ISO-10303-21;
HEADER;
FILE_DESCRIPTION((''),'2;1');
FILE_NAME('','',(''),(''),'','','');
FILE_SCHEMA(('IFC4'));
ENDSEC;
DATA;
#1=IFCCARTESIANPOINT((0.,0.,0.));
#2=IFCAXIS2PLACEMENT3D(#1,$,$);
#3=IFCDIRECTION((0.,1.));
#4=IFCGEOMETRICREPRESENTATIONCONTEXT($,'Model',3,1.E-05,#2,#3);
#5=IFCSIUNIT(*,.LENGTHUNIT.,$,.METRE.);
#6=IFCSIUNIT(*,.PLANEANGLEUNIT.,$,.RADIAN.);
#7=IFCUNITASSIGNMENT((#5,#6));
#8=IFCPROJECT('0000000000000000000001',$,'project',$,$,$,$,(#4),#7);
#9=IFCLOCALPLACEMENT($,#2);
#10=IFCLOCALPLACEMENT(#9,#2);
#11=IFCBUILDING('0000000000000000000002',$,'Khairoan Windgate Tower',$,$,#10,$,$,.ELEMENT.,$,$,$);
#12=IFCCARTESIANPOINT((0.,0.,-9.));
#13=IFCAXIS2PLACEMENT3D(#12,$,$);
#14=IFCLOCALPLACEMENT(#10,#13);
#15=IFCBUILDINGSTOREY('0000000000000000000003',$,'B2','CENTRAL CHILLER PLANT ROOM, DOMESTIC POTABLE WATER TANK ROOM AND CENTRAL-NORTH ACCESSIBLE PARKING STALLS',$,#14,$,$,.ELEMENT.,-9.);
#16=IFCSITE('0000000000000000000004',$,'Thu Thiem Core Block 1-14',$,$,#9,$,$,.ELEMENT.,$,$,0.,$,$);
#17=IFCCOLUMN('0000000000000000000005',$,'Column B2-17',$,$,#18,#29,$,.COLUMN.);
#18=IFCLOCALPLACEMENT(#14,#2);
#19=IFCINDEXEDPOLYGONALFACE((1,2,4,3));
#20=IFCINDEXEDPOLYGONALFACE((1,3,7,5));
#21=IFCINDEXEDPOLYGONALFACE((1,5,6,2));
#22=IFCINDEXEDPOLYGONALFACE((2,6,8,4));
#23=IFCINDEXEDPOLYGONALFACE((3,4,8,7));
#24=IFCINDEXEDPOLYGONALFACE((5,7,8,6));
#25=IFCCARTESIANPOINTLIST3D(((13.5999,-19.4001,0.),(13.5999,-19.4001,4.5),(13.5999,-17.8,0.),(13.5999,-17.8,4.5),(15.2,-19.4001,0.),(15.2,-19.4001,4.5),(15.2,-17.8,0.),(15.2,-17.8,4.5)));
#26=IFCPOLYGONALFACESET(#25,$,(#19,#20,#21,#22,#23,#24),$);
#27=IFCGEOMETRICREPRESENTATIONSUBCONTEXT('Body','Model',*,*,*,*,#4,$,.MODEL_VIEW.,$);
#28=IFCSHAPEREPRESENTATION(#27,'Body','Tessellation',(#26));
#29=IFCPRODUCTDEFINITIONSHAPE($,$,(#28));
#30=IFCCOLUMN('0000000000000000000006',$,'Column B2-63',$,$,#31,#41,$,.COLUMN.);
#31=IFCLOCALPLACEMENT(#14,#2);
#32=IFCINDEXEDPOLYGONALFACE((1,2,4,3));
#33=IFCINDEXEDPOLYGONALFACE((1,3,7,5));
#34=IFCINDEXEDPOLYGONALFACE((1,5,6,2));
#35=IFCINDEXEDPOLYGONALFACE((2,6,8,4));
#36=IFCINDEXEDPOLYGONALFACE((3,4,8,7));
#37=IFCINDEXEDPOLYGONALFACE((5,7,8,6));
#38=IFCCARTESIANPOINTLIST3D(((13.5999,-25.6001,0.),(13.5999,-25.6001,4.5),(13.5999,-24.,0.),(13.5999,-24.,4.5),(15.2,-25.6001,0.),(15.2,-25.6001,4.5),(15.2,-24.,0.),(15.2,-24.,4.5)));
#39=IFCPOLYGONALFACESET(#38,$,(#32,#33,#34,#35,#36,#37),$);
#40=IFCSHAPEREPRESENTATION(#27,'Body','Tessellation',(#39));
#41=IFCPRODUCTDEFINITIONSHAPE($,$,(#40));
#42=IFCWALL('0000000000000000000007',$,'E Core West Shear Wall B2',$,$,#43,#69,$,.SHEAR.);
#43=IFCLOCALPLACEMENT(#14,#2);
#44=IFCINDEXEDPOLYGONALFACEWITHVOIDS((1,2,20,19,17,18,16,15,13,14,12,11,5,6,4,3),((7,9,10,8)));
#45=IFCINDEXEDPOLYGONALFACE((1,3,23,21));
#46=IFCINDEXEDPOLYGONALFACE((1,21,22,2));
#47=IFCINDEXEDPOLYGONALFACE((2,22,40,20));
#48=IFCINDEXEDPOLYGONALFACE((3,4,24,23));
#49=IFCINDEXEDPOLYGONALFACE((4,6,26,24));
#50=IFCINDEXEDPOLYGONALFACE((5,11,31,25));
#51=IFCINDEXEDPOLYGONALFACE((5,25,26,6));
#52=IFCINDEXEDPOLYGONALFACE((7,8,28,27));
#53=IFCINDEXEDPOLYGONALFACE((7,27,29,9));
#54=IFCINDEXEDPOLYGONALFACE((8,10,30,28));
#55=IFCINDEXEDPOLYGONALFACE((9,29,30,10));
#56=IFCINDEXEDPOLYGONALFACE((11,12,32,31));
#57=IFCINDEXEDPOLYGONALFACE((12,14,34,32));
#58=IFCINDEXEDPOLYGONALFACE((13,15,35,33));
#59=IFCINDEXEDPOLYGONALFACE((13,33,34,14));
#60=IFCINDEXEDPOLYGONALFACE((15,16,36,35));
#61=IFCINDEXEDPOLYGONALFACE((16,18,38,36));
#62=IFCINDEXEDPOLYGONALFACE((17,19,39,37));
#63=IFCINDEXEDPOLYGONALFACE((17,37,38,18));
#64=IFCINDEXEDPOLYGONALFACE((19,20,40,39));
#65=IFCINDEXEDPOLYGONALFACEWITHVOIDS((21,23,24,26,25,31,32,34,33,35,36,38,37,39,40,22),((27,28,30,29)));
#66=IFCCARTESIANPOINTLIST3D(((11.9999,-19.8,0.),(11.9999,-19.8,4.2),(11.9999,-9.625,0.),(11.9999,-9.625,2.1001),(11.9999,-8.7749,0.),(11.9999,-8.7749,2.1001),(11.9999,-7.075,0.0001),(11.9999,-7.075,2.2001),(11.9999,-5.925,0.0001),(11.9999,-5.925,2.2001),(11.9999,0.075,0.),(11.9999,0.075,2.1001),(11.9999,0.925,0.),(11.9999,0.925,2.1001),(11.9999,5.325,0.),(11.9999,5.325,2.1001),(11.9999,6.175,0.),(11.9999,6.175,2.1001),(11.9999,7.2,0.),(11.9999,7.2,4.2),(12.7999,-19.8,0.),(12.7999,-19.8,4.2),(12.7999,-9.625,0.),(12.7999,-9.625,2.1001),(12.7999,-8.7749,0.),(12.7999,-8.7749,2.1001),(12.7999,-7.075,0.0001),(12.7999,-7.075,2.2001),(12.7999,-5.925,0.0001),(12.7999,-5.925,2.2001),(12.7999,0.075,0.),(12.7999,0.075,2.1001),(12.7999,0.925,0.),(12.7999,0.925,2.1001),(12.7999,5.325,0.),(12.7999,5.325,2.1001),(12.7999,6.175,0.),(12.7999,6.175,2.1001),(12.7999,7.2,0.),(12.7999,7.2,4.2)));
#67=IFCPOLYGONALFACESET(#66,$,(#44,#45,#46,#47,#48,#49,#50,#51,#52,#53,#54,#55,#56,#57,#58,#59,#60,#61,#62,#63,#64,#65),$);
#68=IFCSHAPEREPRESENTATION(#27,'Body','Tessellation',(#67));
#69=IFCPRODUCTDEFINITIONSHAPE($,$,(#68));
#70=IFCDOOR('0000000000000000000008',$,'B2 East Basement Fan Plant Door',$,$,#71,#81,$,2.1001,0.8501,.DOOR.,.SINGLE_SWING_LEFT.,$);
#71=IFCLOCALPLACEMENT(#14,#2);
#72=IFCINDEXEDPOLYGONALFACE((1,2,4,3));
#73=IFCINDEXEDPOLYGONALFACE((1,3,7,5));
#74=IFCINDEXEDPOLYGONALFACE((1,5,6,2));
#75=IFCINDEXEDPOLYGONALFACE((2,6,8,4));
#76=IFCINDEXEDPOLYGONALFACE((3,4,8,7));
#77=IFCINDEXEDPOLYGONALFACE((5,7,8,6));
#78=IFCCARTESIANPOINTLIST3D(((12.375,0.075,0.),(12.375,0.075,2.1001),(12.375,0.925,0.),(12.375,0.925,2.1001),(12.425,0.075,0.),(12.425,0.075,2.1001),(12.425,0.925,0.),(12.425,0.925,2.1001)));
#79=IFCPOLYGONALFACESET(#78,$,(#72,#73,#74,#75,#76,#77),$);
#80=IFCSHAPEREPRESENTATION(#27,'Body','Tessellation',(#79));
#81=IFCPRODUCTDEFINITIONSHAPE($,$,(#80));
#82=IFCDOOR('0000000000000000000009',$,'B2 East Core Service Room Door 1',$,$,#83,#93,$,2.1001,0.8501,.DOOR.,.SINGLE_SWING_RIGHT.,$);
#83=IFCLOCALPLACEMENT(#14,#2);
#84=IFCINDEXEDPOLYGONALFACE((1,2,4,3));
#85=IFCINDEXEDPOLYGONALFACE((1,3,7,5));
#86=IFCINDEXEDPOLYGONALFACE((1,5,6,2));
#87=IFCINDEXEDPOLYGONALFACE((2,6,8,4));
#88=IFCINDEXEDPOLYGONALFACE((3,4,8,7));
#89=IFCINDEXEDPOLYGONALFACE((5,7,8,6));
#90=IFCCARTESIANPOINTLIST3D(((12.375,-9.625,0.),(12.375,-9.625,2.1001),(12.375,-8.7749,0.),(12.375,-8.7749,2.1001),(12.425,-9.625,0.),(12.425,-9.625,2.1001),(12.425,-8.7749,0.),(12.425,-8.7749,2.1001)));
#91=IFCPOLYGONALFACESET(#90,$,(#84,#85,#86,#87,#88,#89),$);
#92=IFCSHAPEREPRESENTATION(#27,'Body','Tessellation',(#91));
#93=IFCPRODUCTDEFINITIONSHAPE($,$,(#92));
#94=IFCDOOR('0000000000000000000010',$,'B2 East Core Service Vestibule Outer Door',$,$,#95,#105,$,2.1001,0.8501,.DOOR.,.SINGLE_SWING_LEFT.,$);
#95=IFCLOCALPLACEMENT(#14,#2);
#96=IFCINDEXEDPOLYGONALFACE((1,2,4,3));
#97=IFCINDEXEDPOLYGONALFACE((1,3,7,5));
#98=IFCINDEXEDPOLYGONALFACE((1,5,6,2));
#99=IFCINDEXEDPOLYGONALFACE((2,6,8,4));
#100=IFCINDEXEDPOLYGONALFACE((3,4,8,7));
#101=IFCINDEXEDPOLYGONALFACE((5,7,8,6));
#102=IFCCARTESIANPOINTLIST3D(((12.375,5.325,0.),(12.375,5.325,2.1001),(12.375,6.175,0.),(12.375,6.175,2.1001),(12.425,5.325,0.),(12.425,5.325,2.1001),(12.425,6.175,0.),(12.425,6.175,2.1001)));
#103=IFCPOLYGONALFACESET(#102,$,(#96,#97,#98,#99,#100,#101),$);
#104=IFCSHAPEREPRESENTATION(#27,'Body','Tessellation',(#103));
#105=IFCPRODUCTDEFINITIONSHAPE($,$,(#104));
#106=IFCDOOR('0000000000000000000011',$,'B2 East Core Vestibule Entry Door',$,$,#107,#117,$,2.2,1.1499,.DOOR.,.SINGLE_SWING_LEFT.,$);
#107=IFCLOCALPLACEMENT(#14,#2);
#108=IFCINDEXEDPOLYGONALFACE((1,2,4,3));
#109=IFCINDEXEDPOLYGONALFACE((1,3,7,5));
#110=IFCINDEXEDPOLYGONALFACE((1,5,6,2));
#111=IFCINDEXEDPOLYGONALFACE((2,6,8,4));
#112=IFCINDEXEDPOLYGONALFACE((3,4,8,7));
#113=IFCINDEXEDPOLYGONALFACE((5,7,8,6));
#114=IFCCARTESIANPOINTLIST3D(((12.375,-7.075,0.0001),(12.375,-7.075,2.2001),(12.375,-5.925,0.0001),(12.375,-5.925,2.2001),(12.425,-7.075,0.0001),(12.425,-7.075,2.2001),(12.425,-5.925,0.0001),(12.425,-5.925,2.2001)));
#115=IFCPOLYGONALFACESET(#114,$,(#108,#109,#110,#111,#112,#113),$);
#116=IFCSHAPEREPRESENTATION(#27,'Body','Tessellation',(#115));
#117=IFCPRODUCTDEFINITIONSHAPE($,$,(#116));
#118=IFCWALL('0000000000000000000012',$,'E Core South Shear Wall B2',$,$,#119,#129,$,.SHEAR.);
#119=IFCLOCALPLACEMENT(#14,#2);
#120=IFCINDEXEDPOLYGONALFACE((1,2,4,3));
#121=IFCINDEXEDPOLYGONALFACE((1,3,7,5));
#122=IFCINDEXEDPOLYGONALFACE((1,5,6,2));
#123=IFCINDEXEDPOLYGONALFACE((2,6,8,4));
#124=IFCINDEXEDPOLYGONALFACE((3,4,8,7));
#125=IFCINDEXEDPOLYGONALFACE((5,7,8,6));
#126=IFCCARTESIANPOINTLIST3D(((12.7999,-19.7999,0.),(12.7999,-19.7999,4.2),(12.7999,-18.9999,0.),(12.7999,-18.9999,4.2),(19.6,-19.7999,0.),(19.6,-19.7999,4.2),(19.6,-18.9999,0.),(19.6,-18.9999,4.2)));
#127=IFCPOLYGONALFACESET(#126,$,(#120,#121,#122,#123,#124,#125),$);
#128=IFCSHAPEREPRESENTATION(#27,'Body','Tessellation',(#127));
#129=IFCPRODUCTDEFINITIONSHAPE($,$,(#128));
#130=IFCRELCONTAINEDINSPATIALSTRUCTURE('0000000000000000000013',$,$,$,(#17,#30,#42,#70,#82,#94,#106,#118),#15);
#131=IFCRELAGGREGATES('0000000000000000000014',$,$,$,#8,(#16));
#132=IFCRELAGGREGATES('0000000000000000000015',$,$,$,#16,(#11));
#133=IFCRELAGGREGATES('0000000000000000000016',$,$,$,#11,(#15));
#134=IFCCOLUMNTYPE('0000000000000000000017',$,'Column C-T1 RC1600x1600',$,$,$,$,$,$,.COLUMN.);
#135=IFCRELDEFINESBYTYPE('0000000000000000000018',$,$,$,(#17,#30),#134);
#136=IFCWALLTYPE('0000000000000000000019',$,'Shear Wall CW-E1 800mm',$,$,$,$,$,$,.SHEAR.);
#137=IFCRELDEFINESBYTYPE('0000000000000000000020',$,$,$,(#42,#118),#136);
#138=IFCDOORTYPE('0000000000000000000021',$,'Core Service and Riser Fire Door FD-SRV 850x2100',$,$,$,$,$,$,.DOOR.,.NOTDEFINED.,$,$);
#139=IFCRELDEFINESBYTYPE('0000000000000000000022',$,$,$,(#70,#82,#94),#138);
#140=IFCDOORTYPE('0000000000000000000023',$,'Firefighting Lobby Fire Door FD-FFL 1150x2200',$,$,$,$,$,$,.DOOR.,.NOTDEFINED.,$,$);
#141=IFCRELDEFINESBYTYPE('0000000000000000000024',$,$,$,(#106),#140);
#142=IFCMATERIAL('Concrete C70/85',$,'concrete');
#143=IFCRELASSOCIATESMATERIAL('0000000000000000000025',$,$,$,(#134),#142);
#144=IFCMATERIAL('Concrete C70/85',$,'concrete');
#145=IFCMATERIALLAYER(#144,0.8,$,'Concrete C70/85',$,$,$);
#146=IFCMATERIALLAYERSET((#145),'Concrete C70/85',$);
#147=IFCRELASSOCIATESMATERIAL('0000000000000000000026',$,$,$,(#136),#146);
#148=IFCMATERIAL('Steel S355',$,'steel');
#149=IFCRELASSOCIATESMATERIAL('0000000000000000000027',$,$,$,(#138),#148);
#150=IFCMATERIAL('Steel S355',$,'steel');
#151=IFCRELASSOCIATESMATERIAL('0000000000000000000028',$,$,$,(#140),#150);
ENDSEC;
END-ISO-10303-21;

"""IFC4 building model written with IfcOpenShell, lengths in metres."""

from ifc_helpers import new_model, si_unit, direction, frame, frame_2d, origin, origin_2d, place, context, subcontext, project, spatial, rectangle, extrude, material, layer, layer_set, material_profile, profile_set, type_object, element, fill, save


model = new_model("IFC4")

# Units and contexts
model_context = context("Model", 3, precision=1e-05, world=origin(), true_north=direction((0.0, 1.0)))
body_context = subcontext(model_context, "Body", "Model", "MODEL_VIEW")
ifc_project = project(units=[si_unit("LENGTHUNIT", "METRE"), si_unit("PLANEANGLEUNIT", "RADIAN")], contexts=[model_context])

# Site, building, storey
site_placement = place(None, origin())
site = spatial("IfcSite", under=ifc_project, at=site_placement, Name="Thu Thiem Core Block 1-14", CompositionType="ELEMENT", RefElevation=0.0)
building_placement = place(site_placement, origin())
building = spatial("IfcBuilding", under=site, at=building_placement, Name="Khairoan Windgate Tower", CompositionType="ELEMENT")
storey_placement = place(building_placement, frame((0.0, 0.0, -9.0)))
storey = spatial("IfcBuildingStorey", under=building, at=storey_placement, Name="B2", Description="CENTRAL CHILLER PLANT ROOM, DOMESTIC POTABLE WATER TANK ROOM AND CENTRAL-NORTH ACCESSIBLE PARKING STALLS", CompositionType="ELEMENT", Elevation=-9.0)

# Columns
ifc_material_1 = material(Name="Concrete C70/85", Category="concrete")
ifc_material_profile_1 = material_profile(ifc_material_1, rectangle(XDim=1.6001, YDim=1.6001, at=origin_2d()))
ifc_profile_set_1 = profile_set([ifc_material_profile_1], Name="Concrete C70/85")
column_type_1 = type_object("IfcColumnType", Name="Column C-T1 RC1600x1600", PredefinedType="COLUMN", material=ifc_profile_set_1)
for number, where, z_axis, x_axis, name in (
    (1, (14.3999, -18.6001, 0.0), (0.0, 0.0, 1.0), (1.0, 0.0, 0.0), "Column B2-17"),
    (2, (14.3999, -24.8, 0.0), (0.0, 0.0, 1.0), (1.0, 0.0, 0.0), "Column B2-63"),
):
    element("IfcColumn", number, at=place(storey_placement, frame(where, z_axis=z_axis, x_axis=x_axis)), inside=storey, type_object=column_type_1, Name=name, PredefinedType="COLUMN", context=body_context, shape_type="SweptSolid", body=[
        extrude(rectangle(XDim=1.6001, YDim=1.6001, at=origin_2d()), origin(), (0.0, 0.0, 1.0), 4.5),
    ])

# Wall, openings, doors
ifc_material_2 = material(Name="Concrete C70/85", Category="concrete")
ifc_layer_1 = layer(ifc_material_2, 0.8, Name="Concrete C70/85")
ifc_layer_set_1 = layer_set([ifc_layer_1], Name="Concrete C70/85")
wall_type_1 = type_object("IfcWallType", Name="Shear Wall CW-E1 800mm", PredefinedType="SHEAR", material=ifc_layer_set_1)
wall_1_placement = place(storey_placement, frame((12.3999, -19.8, 0.0), z_axis=(0.0, 0.0, 1.0), x_axis=(0.0, 1.0, 0.0)))
wall_1 = element("IfcWall", 3, at=wall_1_placement, inside=storey, type_object=wall_type_1, Name="E Core West Shear Wall B2", PredefinedType="SHEAR", context=body_context, shape_type="SweptSolid", body=[
    extrude(rectangle(XDim=27.0, YDim=0.8, at=frame_2d((13.5, 0.0))), origin(), (0.0, 0.0, 1.0), 4.2),
])
opening_1_placement = place(wall_1_placement, frame((19.875, 0.0, 0.0)))
opening_1 = element("IfcOpeningElement", 4, at=opening_1_placement, cuts=wall_1, PredefinedType="OPENING", context=body_context, shape_type="SweptSolid", body=[
    extrude(rectangle(XDim=0.8501, YDim=2.1001, at=frame_2d((0.425, 1.05))), frame((0.0, 0.4099, 0.0), z_axis=(0.0, -1.0, 0.0), x_axis=(1.0, 0.0, 0.0)), (0.0, 0.0, 1.0), 0.8201),
])
opening_2_placement = place(wall_1_placement, frame((10.175, 0.0, 0.0)))
opening_2 = element("IfcOpeningElement", 5, at=opening_2_placement, cuts=wall_1, PredefinedType="OPENING", context=body_context, shape_type="SweptSolid", body=[
    extrude(rectangle(XDim=0.8501, YDim=2.1001, at=frame_2d((0.425, 1.05))), frame((0.0, 0.4099, 0.0), z_axis=(0.0, -1.0, 0.0), x_axis=(1.0, 0.0, 0.0)), (0.0, 0.0, 1.0), 0.8201),
])
opening_3_placement = place(wall_1_placement, frame((12.7251, 0.0, 0.0)))
opening_3 = element("IfcOpeningElement", 6, at=opening_3_placement, cuts=wall_1, PredefinedType="OPENING", context=body_context, shape_type="SweptSolid", body=[
    extrude(rectangle(XDim=1.1499, YDim=2.2, at=frame_2d((0.575, 1.1001))), frame((0.0, 0.4099, 0.0), z_axis=(0.0, -1.0, 0.0), x_axis=(1.0, 0.0, 0.0)), (0.0, 0.0, 1.0), 0.8201),
])
opening_4_placement = place(wall_1_placement, frame((25.125, 0.0, 0.0)))
opening_4 = element("IfcOpeningElement", 7, at=opening_4_placement, cuts=wall_1, PredefinedType="OPENING", context=body_context, shape_type="SweptSolid", body=[
    extrude(rectangle(XDim=0.8501, YDim=2.1001, at=frame_2d((0.425, 1.05))), frame((0.0, 0.4099, 0.0), z_axis=(0.0, -1.0, 0.0), x_axis=(1.0, 0.0, 0.0)), (0.0, 0.0, 1.0), 0.8201),
])
ifc_material_3 = material(Name="Steel S355", Category="steel")
door_type_1 = type_object("IfcDoorType", Name="Core Service and Riser Fire Door FD-SRV 850x2100", OperationType="NOTDEFINED", PredefinedType="DOOR", material=ifc_material_3)
door_1_placement = place(opening_1_placement, origin())
door_1 = element("IfcDoor", 8, at=door_1_placement, inside=storey, type_object=door_type_1, Name="B2 East Basement Fan Plant Door", OperationType="SINGLE_SWING_LEFT", OverallHeight=2.1001, OverallWidth=0.8501, PredefinedType="DOOR", context=body_context, shape_type="SweptSolid", body=[
    extrude(rectangle(XDim=0.8501, YDim=2.1001, at=frame_2d((0.425, 1.05))), frame((0.0, 0.0249, 0.0), z_axis=(0.0, -1.0, 0.0), x_axis=(1.0, 0.0, 0.0)), (0.0, 0.0, 1.0), 0.05),
])
fill(opening_1, door_1)
door_2_placement = place(opening_2_placement, origin())
door_2 = element("IfcDoor", 9, at=door_2_placement, inside=storey, type_object=door_type_1, Name="B2 East Core Service Room Door 1", OperationType="SINGLE_SWING_RIGHT", OverallHeight=2.1001, OverallWidth=0.8501, PredefinedType="DOOR", context=body_context, shape_type="SweptSolid", body=[
    extrude(rectangle(XDim=0.8501, YDim=2.1001, at=frame_2d((0.425, 1.05))), frame((0.0, 0.0249, 0.0), z_axis=(0.0, -1.0, 0.0), x_axis=(1.0, 0.0, 0.0)), (0.0, 0.0, 1.0), 0.05),
])
fill(opening_2, door_2)
door_3_placement = place(opening_4_placement, origin())
door_3 = element("IfcDoor", 10, at=door_3_placement, inside=storey, type_object=door_type_1, Name="B2 East Core Service Vestibule Outer Door", OperationType="SINGLE_SWING_LEFT", OverallHeight=2.1001, OverallWidth=0.8501, PredefinedType="DOOR", context=body_context, shape_type="SweptSolid", body=[
    extrude(rectangle(XDim=0.8501, YDim=2.1001, at=frame_2d((0.425, 1.05))), frame((0.0, 0.0249, 0.0), z_axis=(0.0, -1.0, 0.0), x_axis=(1.0, 0.0, 0.0)), (0.0, 0.0, 1.0), 0.05),
])
fill(opening_4, door_3)
ifc_material_4 = material(Name="Steel S355", Category="steel")
door_type_2 = type_object("IfcDoorType", Name="Firefighting Lobby Fire Door FD-FFL 1150x2200", OperationType="NOTDEFINED", PredefinedType="DOOR", material=ifc_material_4)
door_4_placement = place(opening_3_placement, origin())
door_4 = element("IfcDoor", 11, at=door_4_placement, inside=storey, type_object=door_type_2, Name="B2 East Core Vestibule Entry Door", OperationType="SINGLE_SWING_LEFT", OverallHeight=2.2, OverallWidth=1.1499, PredefinedType="DOOR", context=body_context, shape_type="SweptSolid", body=[
    extrude(rectangle(XDim=1.1499, YDim=2.2, at=frame_2d((0.575, 1.1001))), frame((0.0, 0.0249, 0.0), z_axis=(0.0, -1.0, 0.0), x_axis=(1.0, 0.0, 0.0)), (0.0, 0.0, 1.0), 0.05),
])
fill(opening_3, door_4)

# Wall
wall_2_placement = place(storey_placement, frame((12.8, -19.3999, 0.0), z_axis=(0.0, 0.0, 1.0), x_axis=(1.0, 0.0, 0.0)))
element("IfcWall", 12, at=wall_2_placement, inside=storey, type_object=wall_type_1, Name="E Core South Shear Wall B2", PredefinedType="SHEAR", context=body_context, shape_type="SweptSolid", body=[
    extrude(rectangle(XDim=6.8, YDim=0.8, at=frame_2d((3.3999, 0.0))), origin(), (0.0, 0.0, 1.0), 4.2),
])

save(model, "model.ifc")
